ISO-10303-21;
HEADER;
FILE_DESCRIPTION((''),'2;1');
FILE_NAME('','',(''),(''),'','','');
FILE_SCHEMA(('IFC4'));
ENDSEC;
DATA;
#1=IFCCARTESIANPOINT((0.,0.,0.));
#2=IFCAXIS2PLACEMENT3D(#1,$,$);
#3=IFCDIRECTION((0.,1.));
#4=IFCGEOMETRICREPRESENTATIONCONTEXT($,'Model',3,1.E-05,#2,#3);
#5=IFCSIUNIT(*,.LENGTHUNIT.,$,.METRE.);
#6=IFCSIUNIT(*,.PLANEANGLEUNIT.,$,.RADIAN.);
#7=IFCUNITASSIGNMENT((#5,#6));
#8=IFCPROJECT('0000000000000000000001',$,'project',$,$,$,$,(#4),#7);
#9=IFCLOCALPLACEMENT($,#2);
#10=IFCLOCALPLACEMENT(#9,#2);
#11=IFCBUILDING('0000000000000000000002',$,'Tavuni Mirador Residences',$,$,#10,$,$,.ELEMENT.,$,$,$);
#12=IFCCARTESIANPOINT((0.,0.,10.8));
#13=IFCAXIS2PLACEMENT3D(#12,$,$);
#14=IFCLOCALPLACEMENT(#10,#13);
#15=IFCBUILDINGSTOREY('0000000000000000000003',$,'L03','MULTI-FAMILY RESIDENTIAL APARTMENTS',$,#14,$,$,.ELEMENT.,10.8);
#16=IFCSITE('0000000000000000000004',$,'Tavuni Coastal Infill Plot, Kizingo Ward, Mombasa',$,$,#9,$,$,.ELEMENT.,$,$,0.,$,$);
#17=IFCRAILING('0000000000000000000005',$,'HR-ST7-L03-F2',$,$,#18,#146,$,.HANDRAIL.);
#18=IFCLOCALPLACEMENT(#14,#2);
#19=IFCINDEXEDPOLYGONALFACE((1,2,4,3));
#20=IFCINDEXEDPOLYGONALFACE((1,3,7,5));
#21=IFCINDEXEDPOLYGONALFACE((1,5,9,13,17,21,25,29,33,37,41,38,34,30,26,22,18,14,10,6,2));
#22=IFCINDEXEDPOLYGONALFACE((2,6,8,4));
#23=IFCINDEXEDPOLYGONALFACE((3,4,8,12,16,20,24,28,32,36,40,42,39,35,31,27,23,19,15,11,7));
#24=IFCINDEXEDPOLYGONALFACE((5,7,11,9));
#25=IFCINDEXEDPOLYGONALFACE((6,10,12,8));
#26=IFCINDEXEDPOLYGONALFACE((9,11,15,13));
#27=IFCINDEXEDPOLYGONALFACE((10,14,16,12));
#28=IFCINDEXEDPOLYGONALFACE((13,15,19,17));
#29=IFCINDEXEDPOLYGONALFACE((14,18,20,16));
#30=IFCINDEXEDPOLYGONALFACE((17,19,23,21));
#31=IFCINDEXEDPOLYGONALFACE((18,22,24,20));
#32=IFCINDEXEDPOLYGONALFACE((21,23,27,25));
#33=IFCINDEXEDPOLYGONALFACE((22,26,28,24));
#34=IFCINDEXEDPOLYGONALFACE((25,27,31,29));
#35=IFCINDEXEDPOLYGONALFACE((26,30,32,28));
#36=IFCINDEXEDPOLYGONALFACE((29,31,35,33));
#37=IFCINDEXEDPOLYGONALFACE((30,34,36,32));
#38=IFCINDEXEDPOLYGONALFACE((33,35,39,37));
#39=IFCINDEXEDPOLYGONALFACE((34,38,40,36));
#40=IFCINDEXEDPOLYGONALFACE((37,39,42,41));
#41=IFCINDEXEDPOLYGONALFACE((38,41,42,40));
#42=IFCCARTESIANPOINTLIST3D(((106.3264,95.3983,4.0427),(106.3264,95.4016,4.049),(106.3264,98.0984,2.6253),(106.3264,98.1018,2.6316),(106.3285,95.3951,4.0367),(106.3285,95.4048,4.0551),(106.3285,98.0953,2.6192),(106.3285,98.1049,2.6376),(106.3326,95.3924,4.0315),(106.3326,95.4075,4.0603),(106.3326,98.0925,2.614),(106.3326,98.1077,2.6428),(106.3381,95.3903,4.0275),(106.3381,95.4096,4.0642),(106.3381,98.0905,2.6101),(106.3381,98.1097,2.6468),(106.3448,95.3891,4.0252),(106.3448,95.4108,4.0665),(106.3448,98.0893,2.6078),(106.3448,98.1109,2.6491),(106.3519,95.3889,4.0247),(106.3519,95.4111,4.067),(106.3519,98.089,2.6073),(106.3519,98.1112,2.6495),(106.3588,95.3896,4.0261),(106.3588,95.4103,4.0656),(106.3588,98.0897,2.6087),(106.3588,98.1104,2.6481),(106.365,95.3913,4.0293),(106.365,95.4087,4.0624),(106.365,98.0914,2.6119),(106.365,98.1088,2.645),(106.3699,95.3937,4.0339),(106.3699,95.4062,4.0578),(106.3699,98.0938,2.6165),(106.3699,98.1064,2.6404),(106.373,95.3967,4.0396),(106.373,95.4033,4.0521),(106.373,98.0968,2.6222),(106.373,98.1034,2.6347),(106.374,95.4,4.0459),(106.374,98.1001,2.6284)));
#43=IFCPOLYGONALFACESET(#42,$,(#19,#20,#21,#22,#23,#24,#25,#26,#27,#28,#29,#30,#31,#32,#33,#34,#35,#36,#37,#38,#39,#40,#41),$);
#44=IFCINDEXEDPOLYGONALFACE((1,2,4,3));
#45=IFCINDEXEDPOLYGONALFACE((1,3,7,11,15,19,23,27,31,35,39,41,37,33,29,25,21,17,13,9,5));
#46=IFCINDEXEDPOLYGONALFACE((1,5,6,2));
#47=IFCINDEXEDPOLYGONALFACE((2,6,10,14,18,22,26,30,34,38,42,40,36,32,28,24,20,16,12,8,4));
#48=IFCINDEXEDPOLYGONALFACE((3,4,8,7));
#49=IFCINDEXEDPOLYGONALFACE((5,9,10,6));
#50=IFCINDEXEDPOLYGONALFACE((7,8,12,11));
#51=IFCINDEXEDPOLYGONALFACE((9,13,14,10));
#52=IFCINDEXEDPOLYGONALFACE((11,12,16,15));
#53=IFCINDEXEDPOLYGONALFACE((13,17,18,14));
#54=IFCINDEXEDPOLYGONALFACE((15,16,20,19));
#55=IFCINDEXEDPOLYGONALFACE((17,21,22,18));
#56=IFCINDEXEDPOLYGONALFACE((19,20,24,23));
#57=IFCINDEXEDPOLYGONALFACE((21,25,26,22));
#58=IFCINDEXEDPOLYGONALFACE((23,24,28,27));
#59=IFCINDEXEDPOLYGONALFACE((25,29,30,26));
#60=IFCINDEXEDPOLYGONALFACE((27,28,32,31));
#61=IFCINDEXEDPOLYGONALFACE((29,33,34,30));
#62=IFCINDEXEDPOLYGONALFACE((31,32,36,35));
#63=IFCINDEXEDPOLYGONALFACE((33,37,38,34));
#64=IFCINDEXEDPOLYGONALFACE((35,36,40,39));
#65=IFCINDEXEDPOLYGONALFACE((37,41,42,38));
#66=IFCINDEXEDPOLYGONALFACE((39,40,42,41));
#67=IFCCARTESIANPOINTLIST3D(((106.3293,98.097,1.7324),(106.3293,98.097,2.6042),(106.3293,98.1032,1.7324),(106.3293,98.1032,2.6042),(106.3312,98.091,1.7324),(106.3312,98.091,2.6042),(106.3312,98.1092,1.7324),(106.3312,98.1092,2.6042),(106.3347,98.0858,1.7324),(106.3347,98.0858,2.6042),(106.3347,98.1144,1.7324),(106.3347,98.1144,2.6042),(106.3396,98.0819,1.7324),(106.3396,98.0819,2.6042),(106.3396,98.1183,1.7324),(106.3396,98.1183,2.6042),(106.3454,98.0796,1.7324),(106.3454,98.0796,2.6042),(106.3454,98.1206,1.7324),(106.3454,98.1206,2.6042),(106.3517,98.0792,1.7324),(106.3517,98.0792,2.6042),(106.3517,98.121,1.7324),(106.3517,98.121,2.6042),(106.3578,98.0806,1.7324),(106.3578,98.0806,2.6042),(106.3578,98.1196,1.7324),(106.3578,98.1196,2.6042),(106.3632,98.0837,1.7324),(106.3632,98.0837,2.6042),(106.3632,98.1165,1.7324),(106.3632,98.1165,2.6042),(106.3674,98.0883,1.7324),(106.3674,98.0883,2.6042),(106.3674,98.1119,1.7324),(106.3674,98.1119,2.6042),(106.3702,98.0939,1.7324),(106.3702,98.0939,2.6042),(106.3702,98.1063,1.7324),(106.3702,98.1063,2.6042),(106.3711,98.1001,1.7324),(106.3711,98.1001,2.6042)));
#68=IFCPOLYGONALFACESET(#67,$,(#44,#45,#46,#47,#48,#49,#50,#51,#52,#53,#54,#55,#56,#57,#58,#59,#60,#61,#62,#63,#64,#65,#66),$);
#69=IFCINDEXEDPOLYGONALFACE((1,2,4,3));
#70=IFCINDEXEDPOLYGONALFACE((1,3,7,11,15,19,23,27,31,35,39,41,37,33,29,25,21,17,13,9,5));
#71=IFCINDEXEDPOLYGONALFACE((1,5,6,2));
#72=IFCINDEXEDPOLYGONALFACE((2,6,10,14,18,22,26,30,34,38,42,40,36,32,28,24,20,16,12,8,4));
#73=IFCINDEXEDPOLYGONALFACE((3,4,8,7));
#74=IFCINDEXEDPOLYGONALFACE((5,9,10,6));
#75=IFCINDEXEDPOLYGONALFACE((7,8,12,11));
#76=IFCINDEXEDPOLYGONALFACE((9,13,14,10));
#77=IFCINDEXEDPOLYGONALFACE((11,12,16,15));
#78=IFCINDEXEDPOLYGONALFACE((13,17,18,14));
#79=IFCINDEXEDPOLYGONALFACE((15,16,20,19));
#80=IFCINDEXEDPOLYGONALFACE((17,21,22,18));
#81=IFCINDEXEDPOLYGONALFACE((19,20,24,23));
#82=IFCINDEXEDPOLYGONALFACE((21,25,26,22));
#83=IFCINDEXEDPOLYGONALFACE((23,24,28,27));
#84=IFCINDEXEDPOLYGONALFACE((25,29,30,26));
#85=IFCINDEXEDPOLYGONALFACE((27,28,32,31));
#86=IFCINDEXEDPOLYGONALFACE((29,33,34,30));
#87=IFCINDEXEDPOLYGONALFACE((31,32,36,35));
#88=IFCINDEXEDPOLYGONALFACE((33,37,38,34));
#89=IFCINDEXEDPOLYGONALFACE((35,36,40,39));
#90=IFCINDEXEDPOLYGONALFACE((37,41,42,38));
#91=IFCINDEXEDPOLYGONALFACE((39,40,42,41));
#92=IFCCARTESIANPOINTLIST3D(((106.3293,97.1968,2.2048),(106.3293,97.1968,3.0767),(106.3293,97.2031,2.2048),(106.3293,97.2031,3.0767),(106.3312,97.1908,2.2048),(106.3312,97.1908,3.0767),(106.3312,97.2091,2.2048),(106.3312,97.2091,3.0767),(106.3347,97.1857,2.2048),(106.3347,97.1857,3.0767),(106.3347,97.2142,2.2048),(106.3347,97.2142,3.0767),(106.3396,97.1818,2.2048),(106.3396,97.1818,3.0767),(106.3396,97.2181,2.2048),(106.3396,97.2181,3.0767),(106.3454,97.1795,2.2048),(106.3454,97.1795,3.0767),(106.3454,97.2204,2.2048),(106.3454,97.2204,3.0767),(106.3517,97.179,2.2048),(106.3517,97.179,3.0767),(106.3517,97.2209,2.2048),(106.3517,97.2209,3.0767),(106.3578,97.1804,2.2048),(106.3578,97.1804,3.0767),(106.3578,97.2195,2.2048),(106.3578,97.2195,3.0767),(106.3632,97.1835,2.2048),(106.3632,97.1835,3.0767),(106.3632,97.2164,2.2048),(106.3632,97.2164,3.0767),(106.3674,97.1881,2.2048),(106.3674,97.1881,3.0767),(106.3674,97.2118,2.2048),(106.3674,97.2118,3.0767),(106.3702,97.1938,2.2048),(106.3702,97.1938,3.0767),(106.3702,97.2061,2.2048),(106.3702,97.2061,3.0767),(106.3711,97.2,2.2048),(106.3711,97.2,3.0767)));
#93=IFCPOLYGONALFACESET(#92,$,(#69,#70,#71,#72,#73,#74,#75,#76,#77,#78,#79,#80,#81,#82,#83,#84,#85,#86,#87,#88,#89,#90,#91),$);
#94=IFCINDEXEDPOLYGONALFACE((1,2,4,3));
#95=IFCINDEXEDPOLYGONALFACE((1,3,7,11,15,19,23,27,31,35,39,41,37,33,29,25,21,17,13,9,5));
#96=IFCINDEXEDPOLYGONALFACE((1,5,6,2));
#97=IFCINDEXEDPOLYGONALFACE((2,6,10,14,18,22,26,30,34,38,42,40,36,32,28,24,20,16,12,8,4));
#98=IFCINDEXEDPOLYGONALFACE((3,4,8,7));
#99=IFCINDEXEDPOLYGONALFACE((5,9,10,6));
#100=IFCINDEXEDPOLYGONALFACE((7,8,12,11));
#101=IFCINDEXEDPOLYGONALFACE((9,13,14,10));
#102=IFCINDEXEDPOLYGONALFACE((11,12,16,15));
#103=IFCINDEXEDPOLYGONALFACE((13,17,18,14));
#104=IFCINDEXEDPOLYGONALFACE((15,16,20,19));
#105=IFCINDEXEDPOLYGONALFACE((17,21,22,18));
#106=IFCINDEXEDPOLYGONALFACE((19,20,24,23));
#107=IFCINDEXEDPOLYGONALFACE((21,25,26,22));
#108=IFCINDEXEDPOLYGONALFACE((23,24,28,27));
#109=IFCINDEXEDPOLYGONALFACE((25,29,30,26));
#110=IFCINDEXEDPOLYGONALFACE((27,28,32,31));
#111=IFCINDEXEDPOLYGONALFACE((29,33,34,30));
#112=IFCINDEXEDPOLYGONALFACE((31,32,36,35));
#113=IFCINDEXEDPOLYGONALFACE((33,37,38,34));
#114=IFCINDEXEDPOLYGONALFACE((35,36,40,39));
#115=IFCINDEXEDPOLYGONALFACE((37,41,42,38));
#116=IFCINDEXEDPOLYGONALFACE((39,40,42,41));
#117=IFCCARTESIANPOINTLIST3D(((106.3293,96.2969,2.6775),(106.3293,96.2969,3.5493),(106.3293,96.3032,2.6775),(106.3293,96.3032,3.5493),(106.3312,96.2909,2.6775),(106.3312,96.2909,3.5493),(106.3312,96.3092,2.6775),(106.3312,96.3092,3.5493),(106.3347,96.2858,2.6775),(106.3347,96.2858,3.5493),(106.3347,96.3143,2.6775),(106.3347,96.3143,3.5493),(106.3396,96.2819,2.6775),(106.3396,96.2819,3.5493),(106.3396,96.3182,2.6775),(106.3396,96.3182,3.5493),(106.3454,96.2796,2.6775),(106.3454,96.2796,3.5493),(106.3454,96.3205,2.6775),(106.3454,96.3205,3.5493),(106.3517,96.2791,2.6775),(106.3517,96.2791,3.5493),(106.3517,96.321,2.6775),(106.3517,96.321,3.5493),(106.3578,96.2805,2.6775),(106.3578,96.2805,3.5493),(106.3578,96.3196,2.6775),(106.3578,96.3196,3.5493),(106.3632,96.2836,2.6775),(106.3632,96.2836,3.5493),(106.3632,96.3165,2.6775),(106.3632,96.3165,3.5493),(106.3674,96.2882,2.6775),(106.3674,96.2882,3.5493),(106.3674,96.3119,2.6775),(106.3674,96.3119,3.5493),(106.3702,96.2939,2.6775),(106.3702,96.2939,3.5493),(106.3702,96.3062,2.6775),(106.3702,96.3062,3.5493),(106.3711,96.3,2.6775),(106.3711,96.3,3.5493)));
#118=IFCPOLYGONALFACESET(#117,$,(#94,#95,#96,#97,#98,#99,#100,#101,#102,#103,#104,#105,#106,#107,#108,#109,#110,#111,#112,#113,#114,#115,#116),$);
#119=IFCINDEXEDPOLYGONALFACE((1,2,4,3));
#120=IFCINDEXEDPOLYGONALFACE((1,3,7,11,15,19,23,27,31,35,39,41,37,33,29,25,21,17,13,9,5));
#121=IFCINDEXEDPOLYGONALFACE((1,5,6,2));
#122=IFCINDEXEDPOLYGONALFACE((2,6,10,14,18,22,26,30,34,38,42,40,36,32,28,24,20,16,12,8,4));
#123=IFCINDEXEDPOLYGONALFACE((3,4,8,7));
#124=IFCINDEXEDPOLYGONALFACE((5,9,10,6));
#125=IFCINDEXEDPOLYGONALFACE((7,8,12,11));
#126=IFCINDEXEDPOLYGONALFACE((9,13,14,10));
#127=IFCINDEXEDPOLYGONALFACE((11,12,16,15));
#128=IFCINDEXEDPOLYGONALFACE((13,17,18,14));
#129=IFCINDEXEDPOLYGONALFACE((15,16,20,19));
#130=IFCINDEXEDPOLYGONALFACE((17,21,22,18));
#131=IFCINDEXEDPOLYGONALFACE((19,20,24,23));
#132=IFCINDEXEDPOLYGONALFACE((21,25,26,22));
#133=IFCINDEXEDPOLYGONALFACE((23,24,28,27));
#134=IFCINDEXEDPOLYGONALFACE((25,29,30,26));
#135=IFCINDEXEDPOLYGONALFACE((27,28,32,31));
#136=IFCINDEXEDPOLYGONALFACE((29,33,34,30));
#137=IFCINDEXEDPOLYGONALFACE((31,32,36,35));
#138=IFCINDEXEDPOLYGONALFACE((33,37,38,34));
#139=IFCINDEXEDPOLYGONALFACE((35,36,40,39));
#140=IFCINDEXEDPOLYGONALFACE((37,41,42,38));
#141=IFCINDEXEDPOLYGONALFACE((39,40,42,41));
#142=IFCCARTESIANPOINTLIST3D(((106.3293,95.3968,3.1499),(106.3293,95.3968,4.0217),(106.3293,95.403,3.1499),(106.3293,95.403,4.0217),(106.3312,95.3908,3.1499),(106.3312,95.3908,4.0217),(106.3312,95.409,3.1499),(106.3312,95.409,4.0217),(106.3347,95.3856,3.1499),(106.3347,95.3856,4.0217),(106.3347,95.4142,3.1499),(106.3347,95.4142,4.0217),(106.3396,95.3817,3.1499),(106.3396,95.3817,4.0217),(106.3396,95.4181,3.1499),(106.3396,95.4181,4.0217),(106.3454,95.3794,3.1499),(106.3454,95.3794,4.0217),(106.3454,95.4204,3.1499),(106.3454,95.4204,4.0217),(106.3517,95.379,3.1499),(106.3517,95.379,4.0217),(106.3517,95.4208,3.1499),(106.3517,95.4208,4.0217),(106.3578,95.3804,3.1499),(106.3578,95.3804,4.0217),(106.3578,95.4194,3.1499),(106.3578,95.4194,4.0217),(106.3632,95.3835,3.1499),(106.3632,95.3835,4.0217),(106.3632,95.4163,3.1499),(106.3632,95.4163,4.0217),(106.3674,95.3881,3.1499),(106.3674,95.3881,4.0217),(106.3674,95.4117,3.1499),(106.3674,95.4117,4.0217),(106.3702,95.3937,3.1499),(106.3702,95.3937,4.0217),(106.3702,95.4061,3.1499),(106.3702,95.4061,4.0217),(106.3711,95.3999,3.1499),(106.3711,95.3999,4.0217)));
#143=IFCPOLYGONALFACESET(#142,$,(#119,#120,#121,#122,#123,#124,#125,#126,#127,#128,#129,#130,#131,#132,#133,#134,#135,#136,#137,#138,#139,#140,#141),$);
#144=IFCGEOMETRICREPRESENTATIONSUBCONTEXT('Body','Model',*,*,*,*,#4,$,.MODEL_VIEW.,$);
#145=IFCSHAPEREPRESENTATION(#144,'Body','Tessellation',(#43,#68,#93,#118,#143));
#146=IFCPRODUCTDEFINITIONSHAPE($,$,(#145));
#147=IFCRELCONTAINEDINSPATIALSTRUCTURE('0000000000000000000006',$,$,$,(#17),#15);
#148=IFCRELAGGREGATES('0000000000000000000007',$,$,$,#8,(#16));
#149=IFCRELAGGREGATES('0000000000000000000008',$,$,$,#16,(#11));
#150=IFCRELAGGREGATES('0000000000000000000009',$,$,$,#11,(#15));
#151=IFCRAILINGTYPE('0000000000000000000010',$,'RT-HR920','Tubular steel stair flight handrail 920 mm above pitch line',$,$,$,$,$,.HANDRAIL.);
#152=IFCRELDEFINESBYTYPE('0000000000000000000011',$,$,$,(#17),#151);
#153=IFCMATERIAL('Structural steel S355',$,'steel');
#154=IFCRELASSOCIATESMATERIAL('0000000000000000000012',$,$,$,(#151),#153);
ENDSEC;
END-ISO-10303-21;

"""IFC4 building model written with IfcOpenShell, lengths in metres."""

from ifc_helpers import new_model, si_unit, direction, frame, origin, origin_2d, place, context, subcontext, project, spatial, circle, extrude, material, type_object, element, save


model = new_model("IFC4")

# Units and contexts
model_context = context("Model", 3, precision=1e-05, world=origin(), true_north=direction((0.0, 1.0)))
body_context = subcontext(model_context, "Body", "Model", "MODEL_VIEW")
ifc_project = project(units=[si_unit("LENGTHUNIT", "METRE"), si_unit("PLANEANGLEUNIT", "RADIAN")], contexts=[model_context])

# Site, building, storey
site_placement = place(None, origin())
site = spatial("IfcSite", under=ifc_project, at=site_placement, Name="Tavuni Coastal Infill Plot, Kizingo Ward, Mombasa", CompositionType="ELEMENT", RefElevation=0.0)
building_placement = place(site_placement, origin())
building = spatial("IfcBuilding", under=site, at=building_placement, Name="Tavuni Mirador Residences", CompositionType="ELEMENT")
storey_placement = place(building_placement, frame((0.0, 0.0, 10.8)))
storey = spatial("IfcBuildingStorey", under=building, at=storey_placement, Name="L03", Description="MULTI-FAMILY RESIDENTIAL APARTMENTS", CompositionType="ELEMENT", Elevation=10.8)

# Shared definitions
ifc_material_1 = material(Name="Structural steel S355", Category="steel")

# Railing
railing_type_1 = type_object("IfcRailingType", Name="RT-HR920", Description="Tubular steel stair flight handrail 920 mm above pitch line", PredefinedType="HANDRAIL", material=ifc_material_1)
railing_1_placement = place(storey_placement, frame((106.3501, 98.1001, 1.7324)))
element("IfcRailing", 1, at=railing_1_placement, inside=storey, type_object=railing_type_1, Name="HR-ST7-L03-F2", PredefinedType="HANDRAIL", context=body_context, shape_type="SweptSolid", body=[
    extrude(circle(Radius=0.0239, at=origin_2d()), frame((0.0, 0.0, 0.896), z_axis=(0.0, -0.885414, 0.464803), x_axis=(1.0, 0.0, 0.0)), (0.0, 0.0, 1.0), 3.0496),
    extrude(circle(Radius=0.021, at=origin_2d()), origin(), (0.0, 0.0, 1.0), 0.8718),
    extrude(circle(Radius=0.021, at=origin_2d()), frame((0.0, -0.9001, 0.4724)), (0.0, 0.0, 1.0), 0.8718),
    extrude(circle(Radius=0.021, at=origin_2d()), frame((0.0, -1.8, 0.9451)), (0.0, 0.0, 1.0), 0.8718),
    extrude(circle(Radius=0.021, at=origin_2d()), frame((0.0, -2.7002, 1.4175)), (0.0, 0.0, 1.0), 0.8718),
])

save(model, "model.ifc")
